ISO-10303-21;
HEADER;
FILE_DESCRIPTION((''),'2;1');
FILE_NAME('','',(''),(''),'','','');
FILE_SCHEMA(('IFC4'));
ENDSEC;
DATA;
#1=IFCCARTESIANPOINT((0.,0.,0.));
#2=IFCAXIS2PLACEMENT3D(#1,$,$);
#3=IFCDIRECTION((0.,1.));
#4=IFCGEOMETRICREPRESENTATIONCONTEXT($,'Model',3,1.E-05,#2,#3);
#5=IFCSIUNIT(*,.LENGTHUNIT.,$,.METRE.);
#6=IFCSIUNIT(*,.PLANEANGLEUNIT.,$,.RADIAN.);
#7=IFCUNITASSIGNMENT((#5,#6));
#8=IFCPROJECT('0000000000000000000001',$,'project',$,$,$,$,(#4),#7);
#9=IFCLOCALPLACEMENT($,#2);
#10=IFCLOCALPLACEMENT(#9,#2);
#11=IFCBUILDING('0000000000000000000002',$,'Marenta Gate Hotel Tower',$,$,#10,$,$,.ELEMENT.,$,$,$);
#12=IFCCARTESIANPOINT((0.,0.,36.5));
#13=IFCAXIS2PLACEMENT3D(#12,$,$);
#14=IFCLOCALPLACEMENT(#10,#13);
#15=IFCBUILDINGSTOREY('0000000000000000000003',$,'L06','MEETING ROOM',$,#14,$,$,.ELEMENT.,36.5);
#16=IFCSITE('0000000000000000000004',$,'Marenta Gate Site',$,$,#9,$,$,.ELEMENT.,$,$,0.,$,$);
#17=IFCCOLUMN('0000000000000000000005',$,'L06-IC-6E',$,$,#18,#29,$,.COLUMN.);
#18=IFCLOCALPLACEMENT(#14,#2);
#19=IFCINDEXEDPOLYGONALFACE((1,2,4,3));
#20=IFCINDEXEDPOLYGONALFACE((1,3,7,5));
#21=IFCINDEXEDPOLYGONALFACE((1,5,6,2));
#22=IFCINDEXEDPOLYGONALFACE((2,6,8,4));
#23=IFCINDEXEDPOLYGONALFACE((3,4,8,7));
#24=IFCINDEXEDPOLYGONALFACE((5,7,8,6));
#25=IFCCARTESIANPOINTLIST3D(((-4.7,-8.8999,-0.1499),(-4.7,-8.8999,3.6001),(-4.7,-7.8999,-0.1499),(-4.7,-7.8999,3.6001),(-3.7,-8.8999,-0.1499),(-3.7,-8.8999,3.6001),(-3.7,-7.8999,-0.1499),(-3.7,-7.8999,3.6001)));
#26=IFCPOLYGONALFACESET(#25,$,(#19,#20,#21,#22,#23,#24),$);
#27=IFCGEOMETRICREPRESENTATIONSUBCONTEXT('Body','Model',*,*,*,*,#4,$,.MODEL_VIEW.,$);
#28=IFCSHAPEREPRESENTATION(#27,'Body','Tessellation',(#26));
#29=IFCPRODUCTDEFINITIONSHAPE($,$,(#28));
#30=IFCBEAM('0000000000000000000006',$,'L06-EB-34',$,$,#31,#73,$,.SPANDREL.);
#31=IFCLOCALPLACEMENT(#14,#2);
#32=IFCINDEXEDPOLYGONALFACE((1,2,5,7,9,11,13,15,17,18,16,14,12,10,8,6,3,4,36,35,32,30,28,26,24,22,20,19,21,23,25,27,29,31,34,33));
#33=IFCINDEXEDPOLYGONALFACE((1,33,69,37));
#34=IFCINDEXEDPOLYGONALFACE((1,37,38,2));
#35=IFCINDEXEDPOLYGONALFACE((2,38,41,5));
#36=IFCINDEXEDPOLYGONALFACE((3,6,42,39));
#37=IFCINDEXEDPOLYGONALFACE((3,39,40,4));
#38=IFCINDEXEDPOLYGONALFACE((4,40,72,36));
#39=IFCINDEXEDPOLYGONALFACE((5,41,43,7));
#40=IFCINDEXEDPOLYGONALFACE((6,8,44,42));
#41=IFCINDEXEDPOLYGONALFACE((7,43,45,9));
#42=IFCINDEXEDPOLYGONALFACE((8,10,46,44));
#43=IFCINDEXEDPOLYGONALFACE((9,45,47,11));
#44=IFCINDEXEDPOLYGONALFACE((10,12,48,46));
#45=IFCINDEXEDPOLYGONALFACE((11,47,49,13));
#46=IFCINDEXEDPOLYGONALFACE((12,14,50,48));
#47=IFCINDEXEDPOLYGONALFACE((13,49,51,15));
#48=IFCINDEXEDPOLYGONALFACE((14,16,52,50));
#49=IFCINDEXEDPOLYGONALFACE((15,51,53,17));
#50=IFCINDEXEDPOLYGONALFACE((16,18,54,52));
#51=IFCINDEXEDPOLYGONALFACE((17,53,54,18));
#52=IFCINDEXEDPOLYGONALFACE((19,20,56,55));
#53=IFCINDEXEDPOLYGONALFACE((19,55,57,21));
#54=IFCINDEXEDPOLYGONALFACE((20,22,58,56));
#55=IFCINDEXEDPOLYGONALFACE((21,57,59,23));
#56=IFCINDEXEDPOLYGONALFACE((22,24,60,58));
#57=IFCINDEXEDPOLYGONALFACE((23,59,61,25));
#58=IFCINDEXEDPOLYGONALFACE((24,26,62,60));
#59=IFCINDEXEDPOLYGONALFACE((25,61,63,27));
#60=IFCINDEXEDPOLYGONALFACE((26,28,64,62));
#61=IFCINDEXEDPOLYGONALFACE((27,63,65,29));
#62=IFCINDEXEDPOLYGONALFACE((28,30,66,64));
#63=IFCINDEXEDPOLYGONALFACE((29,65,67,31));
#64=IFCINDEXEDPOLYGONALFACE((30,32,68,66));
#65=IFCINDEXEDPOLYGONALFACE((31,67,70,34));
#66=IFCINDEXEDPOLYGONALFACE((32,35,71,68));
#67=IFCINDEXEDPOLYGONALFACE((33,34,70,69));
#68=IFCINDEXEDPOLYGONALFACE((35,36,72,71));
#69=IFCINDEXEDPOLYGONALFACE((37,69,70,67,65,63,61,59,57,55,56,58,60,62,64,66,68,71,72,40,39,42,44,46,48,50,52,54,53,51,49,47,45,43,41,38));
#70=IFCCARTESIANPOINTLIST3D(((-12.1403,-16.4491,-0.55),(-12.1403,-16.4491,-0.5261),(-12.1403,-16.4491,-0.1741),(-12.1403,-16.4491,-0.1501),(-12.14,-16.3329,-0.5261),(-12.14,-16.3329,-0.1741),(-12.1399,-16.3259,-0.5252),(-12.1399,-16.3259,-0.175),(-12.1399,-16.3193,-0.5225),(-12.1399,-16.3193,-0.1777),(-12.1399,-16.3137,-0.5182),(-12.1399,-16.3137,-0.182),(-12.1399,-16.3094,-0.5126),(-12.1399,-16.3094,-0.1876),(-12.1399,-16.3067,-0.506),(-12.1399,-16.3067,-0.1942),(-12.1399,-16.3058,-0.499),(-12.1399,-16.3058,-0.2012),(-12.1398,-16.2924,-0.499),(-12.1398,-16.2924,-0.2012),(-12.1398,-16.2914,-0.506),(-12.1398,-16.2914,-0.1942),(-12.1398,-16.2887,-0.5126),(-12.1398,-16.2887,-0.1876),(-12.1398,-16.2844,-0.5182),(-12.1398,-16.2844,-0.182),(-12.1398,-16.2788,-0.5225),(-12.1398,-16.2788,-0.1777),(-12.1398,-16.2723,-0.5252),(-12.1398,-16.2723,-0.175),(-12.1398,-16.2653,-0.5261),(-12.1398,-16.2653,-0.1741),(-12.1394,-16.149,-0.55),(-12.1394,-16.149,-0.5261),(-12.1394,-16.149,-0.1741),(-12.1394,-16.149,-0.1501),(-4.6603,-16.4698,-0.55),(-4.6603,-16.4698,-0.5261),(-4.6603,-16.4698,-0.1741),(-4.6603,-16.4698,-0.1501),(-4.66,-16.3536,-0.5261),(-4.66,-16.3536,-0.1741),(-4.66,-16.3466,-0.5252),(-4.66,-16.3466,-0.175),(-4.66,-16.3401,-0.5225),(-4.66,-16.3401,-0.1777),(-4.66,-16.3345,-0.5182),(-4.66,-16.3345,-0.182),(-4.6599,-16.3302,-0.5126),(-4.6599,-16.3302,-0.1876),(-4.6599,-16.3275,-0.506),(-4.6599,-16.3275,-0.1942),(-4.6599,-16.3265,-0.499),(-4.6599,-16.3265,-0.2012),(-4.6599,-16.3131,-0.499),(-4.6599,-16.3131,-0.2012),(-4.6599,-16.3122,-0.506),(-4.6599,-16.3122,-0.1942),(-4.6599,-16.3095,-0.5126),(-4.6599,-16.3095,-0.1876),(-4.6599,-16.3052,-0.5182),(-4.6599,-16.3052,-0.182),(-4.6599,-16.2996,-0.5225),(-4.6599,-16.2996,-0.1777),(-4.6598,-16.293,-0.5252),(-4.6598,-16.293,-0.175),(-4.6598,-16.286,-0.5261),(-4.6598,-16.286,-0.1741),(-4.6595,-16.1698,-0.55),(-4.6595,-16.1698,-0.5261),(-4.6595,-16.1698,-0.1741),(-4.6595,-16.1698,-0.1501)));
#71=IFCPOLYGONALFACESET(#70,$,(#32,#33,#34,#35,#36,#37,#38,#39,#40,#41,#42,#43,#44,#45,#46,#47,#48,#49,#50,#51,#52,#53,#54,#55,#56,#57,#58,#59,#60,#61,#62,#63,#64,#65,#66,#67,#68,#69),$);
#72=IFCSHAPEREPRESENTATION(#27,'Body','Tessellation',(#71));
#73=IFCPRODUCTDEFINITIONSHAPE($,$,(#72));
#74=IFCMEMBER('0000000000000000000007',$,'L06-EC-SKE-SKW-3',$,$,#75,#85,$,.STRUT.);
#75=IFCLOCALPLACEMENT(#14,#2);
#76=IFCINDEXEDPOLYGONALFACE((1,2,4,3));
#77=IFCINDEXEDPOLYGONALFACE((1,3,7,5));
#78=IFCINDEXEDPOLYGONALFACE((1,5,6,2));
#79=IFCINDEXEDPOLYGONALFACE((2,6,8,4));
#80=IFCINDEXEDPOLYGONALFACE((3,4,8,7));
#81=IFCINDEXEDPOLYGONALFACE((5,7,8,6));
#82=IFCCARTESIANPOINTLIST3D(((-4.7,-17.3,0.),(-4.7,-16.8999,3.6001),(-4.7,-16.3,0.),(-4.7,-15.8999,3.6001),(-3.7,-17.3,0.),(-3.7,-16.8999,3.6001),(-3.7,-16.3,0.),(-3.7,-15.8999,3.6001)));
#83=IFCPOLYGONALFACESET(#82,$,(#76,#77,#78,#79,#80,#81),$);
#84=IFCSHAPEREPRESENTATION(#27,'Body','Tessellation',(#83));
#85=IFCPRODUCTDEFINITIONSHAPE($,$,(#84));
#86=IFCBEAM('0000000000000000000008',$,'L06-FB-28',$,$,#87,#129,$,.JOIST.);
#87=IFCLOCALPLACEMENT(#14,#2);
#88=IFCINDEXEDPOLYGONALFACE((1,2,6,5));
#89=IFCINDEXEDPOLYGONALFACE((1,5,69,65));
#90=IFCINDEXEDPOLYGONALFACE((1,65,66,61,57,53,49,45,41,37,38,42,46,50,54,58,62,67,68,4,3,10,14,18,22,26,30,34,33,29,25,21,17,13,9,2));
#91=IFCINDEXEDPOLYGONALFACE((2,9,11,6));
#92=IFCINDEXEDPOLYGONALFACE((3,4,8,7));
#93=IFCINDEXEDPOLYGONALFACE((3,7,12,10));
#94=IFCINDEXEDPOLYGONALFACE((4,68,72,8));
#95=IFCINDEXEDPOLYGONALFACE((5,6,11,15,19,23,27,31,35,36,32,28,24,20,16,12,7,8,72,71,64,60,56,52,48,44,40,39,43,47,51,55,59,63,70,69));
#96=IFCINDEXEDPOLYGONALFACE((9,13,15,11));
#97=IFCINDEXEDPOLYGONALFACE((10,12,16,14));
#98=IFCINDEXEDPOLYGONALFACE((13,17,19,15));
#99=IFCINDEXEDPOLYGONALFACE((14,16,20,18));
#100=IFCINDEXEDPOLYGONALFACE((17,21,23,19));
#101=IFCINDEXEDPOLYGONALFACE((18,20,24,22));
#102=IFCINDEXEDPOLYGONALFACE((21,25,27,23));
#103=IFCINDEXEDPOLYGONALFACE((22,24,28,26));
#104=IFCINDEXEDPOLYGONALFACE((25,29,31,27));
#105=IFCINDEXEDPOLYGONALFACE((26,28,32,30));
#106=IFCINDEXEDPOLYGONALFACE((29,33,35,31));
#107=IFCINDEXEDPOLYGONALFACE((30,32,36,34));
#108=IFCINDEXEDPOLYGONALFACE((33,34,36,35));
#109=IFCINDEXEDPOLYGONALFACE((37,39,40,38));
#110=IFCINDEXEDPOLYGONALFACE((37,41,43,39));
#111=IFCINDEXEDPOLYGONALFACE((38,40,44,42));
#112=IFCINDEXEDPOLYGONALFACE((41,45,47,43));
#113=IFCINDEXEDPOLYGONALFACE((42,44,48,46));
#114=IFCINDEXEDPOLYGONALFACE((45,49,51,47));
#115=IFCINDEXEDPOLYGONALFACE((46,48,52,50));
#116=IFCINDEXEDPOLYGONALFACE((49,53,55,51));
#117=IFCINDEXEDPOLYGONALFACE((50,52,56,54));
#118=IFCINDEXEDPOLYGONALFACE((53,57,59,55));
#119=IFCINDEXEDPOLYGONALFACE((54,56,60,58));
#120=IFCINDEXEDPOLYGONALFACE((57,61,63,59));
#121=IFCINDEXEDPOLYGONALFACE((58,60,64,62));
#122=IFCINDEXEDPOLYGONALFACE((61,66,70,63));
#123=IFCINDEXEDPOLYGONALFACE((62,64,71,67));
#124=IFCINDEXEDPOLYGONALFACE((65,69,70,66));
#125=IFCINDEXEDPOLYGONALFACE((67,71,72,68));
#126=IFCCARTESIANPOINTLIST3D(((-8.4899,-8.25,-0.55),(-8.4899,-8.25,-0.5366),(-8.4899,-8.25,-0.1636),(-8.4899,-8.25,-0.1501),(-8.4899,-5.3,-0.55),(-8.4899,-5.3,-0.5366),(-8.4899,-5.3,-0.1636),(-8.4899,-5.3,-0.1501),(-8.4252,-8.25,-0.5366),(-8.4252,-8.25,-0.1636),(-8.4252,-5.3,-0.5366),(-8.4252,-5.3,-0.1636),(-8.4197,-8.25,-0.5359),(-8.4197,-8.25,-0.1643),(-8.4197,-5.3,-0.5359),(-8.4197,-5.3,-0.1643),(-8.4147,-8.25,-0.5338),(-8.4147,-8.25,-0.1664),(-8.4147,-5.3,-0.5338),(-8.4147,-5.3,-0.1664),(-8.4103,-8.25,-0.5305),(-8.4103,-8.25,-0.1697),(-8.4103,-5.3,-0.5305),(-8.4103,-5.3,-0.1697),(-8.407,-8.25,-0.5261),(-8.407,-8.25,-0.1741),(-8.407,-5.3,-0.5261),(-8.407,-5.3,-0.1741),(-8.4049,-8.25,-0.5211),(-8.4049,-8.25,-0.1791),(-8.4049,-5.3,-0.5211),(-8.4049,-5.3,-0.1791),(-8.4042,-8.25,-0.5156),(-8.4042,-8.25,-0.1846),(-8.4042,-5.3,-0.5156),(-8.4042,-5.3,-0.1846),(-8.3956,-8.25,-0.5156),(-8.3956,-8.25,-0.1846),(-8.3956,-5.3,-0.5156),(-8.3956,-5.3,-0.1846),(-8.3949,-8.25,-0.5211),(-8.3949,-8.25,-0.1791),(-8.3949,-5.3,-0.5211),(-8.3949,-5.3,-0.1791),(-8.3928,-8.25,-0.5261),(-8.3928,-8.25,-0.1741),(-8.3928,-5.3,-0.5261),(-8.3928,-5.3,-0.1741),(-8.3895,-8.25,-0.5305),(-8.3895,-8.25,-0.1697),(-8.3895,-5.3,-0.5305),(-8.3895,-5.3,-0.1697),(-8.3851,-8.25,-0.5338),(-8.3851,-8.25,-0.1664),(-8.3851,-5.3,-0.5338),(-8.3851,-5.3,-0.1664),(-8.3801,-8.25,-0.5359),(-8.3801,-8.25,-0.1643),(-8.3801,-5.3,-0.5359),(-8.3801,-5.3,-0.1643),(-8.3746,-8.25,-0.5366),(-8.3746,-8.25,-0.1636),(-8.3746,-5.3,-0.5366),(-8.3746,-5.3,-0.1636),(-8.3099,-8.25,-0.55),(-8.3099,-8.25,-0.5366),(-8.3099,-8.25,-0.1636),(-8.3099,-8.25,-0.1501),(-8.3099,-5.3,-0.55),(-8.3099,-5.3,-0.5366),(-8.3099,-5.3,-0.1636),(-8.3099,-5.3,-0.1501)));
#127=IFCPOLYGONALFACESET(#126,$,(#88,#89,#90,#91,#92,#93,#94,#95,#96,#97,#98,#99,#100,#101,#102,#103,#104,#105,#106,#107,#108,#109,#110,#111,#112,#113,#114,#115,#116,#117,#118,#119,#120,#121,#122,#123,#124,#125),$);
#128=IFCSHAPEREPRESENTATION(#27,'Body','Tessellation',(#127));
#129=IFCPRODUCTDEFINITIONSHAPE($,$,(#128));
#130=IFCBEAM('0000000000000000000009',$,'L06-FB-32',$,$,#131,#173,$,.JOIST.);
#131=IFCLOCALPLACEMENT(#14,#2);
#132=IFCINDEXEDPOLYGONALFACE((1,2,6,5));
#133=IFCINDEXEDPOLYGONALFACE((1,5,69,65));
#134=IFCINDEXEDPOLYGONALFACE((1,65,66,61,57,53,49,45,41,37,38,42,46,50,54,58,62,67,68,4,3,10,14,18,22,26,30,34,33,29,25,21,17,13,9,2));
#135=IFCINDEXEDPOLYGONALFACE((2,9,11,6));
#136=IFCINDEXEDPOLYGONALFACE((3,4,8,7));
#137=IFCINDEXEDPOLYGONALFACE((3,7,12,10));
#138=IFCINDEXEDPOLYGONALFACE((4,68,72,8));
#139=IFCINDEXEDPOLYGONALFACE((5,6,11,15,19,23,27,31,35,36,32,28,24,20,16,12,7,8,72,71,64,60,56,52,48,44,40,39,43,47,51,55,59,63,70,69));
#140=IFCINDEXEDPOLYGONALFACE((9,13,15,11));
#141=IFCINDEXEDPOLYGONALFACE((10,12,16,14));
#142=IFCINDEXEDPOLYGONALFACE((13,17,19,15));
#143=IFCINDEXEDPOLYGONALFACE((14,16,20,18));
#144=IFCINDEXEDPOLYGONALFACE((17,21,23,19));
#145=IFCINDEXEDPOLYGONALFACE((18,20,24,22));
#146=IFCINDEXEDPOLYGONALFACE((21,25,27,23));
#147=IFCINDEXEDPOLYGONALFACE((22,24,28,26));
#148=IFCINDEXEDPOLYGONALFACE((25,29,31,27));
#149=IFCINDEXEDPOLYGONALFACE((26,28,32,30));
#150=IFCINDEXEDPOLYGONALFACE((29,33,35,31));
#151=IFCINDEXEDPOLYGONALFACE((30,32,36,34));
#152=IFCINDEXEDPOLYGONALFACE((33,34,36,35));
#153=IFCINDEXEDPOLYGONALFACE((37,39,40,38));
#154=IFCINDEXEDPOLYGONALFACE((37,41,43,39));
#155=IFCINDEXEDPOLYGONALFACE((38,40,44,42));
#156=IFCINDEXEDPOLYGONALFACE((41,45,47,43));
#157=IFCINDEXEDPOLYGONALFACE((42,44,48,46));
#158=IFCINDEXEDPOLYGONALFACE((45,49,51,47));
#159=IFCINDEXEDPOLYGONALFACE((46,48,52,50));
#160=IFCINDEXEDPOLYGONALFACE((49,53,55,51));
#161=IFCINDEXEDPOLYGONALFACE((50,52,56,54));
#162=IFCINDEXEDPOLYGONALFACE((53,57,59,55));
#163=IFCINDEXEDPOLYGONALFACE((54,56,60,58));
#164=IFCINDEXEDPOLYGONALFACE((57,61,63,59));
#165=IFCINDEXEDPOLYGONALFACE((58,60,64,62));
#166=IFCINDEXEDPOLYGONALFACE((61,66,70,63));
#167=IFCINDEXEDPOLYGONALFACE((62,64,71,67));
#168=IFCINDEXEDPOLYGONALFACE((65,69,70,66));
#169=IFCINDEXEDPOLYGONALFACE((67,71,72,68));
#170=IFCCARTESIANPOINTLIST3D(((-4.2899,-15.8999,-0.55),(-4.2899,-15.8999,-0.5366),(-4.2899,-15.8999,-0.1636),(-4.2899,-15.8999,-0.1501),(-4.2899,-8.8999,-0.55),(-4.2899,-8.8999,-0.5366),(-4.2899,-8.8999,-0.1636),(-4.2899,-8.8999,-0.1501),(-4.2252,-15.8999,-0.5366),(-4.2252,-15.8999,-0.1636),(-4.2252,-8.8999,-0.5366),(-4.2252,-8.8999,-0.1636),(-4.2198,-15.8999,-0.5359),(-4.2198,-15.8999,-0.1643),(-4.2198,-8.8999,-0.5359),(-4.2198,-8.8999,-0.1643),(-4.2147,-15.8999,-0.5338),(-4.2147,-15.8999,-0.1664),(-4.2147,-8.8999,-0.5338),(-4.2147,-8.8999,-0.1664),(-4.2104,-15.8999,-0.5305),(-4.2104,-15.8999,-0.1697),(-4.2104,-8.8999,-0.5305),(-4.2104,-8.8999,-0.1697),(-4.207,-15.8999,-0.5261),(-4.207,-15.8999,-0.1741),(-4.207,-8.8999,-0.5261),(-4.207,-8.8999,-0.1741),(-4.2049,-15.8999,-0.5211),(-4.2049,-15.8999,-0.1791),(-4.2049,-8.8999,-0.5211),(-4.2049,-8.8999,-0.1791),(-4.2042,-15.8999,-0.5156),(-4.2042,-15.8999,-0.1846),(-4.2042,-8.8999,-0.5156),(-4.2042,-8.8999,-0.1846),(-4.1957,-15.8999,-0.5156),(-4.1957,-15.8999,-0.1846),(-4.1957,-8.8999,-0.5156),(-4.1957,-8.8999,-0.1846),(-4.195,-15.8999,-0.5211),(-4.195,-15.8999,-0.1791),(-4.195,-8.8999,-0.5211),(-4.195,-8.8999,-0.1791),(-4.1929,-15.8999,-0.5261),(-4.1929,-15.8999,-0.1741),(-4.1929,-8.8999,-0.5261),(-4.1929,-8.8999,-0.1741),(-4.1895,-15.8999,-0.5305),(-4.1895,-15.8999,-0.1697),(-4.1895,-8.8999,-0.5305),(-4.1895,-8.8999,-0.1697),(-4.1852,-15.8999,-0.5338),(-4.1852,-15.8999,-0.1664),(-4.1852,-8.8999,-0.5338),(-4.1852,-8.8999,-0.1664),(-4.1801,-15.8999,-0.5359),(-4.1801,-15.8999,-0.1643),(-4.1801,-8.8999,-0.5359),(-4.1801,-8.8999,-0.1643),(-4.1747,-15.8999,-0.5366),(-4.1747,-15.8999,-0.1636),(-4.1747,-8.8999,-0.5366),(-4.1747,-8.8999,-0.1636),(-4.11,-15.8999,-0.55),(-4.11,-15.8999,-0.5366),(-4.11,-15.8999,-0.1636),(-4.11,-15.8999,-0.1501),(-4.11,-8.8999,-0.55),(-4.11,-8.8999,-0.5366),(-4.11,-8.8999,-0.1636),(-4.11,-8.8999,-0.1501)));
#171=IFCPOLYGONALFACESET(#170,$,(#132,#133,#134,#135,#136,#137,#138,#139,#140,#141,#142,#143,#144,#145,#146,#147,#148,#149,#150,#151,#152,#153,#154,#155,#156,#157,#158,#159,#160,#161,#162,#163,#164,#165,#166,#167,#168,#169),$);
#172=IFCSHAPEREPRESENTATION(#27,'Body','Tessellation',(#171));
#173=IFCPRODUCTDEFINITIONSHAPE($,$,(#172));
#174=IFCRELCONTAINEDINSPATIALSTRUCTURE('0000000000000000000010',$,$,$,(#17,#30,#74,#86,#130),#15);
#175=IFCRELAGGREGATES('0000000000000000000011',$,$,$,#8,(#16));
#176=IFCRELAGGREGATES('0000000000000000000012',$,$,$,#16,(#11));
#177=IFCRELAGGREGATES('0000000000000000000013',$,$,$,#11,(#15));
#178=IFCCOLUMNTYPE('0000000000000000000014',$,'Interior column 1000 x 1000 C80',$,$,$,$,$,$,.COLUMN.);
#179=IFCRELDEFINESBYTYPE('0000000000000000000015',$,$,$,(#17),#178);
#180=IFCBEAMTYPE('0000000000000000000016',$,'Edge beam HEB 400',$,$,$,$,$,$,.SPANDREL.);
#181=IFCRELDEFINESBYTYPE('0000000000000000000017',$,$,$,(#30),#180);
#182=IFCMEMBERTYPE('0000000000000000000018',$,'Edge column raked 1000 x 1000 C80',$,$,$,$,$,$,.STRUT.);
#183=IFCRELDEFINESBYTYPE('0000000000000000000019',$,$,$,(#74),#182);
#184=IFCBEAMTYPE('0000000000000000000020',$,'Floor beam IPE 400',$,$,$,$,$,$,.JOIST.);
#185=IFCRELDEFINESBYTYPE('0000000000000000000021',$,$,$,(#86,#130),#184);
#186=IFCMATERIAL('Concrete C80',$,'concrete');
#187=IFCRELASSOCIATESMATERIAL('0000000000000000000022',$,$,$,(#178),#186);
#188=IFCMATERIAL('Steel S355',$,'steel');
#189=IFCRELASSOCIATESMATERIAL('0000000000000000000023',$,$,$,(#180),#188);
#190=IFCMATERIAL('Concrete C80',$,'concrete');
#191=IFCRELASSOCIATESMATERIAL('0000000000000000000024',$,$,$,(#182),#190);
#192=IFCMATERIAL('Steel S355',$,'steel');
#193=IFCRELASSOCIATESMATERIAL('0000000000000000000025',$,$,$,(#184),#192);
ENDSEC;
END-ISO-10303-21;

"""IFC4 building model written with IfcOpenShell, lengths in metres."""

from ifc_helpers import new_model, si_unit, direction, frame, origin, origin_2d, place, context, subcontext, project, spatial, rectangle, i_section, extrude, material, material_profile, profile_set, type_object, element, save


model = new_model("IFC4")

# Units and contexts
model_context = context("Model", 3, precision=1e-05, world=origin(), true_north=direction((0.0, 1.0)))
body_context = subcontext(model_context, "Body", "Model", "MODEL_VIEW")
ifc_project = project(units=[si_unit("LENGTHUNIT", "METRE"), si_unit("PLANEANGLEUNIT", "RADIAN")], contexts=[model_context])

# Site, building, storey
site_placement = place(None, origin())
site = spatial("IfcSite", under=ifc_project, at=site_placement, Name="Marenta Gate Site", CompositionType="ELEMENT", RefElevation=0.0)
building_placement = place(site_placement, origin())
building = spatial("IfcBuilding", under=site, at=building_placement, Name="Marenta Gate Hotel Tower", CompositionType="ELEMENT")
storey_placement = place(building_placement, frame((0.0, 0.0, 36.5)))
storey = spatial("IfcBuildingStorey", under=building, at=storey_placement, Name="L06", Description="MEETING ROOM", CompositionType="ELEMENT", Elevation=36.5)

# Column
ifc_material_1 = material(Name="Concrete C80", Category="concrete")
ifc_material_profile_1 = material_profile(ifc_material_1, rectangle(XDim=1.0, YDim=1.0, at=origin_2d()), Name="1000 x 1000")
ifc_profile_set_1 = profile_set([ifc_material_profile_1], Name="Concrete C80")
column_type = type_object("IfcColumnType", Name="Interior column 1000 x 1000 C80", PredefinedType="COLUMN", material=ifc_profile_set_1)
column_placement = place(storey_placement, frame((-4.2, -8.3999, -0.1499), z_axis=(0.0, 0.0, 1.0), x_axis=(1.0, 0.0, 0.0)))
element("IfcColumn", 1, at=column_placement, inside=storey, type_object=column_type, Name="L06-IC-6E", PredefinedType="COLUMN", context=body_context, shape_type="SweptSolid", body=[
    extrude(rectangle(XDim=1.0, YDim=1.0, at=origin_2d()), origin(), (0.0, 0.0, 1.0), 3.75),
])

# Beam
ifc_material_2 = material(Name="Steel S355", Category="steel")
ifc_material_profile_2 = material_profile(ifc_material_2, i_section(OverallWidth=0.3, OverallDepth=0.3999, WebThickness=0.0134, FlangeThickness=0.0239, FilletRadius=0.0271, at=origin_2d()), Name="HEB 400")
ifc_profile_set_2 = profile_set([ifc_material_profile_2], Name="Steel S355")
beam_type_1 = type_object("IfcBeamType", Name="Edge beam HEB 400", PredefinedType="SPANDREL", material=ifc_profile_set_2)
beam_1_placement = place(storey_placement, frame((-4.6599, -16.3198, -0.3501), z_axis=(-0.999996, 0.002774, 0.0), x_axis=(-0.002774, -0.999996, 0.0)))
element("IfcBeam", 2, at=beam_1_placement, inside=storey, type_object=beam_type_1, Name="L06-EB-34", PredefinedType="SPANDREL", context=body_context, shape_type="SweptSolid", body=[
    extrude(i_section(OverallWidth=0.3, OverallDepth=0.3999, WebThickness=0.0134, FlangeThickness=0.0239, FilletRadius=0.0271, at=origin_2d()), origin(), (0.0, 0.0, 1.0), 7.48),
])

# Member
ifc_material_3 = material(Name="Concrete C80", Category="concrete")
ifc_material_profile_3 = material_profile(ifc_material_3, rectangle(XDim=1.0, YDim=1.0, at=origin_2d()), Name="1000 x 1000")
ifc_profile_set_3 = profile_set([ifc_material_profile_3], Name="Concrete C80")
member_type_1 = type_object("IfcMemberType", Name="Edge column raked 1000 x 1000 C80", PredefinedType="STRUT", material=ifc_profile_set_3)
member_1_placement = place(storey_placement, frame((-4.2, -16.8, 0.0), z_axis=(0.0, 0.0, 1.0), x_axis=(1.0, 0.0, 0.0)))
element("IfcMember", 3, at=member_1_placement, inside=storey, type_object=member_type_1, Name="L06-EC-SKE-SKW-3", PredefinedType="STRUT", context=body_context, shape_type="SweptSolid", body=[
    extrude(rectangle(XDim=1.0, YDim=1.0, at=origin_2d()), origin(), (0.0, 0.110469, 0.99388), 3.6223),
])

# Beams
ifc_material_4 = material(Name="Steel S355", Category="steel")
ifc_material_profile_4 = material_profile(ifc_material_4, i_section(OverallWidth=0.1799, OverallDepth=0.3999, WebThickness=0.0085, FlangeThickness=0.0134, FilletRadius=0.021, at=origin_2d()), Name="IPE 400")
ifc_profile_set_4 = profile_set([ifc_material_profile_4], Name="Steel S355")
beam_type_2 = type_object("IfcBeamType", Name="Floor beam IPE 400", PredefinedType="JOIST", material=ifc_profile_set_4)
beam_2_placement = place(storey_placement, frame((-8.3999, -8.25, -0.3501), z_axis=(0.0, 1.0, 0.0), x_axis=(-1.0, 0.0, 0.0)))
element("IfcBeam", 4, at=beam_2_placement, inside=storey, type_object=beam_type_2, Name="L06-FB-28", PredefinedType="JOIST", context=body_context, shape_type="SweptSolid", body=[
    extrude(i_section(OverallWidth=0.1799, OverallDepth=0.3999, WebThickness=0.0085, FlangeThickness=0.0134, FilletRadius=0.021, at=origin_2d()), origin(), (0.0, 0.0, 1.0), 2.95),
])
beam_3_placement = place(storey_placement, frame((-4.2, -15.8999, -0.3501), z_axis=(0.0, 1.0, 0.0), x_axis=(-1.0, 0.0, 0.0)))
element("IfcBeam", 5, at=beam_3_placement, inside=storey, type_object=beam_type_2, Name="L06-FB-32", PredefinedType="JOIST", context=body_context, shape_type="SweptSolid", body=[
    extrude(i_section(OverallWidth=0.1799, OverallDepth=0.3999, WebThickness=0.0085, FlangeThickness=0.0134, FilletRadius=0.021, at=origin_2d()), origin(), (0.0, 0.0, 1.0), 7.0),
])

save(model, "model.ifc")
